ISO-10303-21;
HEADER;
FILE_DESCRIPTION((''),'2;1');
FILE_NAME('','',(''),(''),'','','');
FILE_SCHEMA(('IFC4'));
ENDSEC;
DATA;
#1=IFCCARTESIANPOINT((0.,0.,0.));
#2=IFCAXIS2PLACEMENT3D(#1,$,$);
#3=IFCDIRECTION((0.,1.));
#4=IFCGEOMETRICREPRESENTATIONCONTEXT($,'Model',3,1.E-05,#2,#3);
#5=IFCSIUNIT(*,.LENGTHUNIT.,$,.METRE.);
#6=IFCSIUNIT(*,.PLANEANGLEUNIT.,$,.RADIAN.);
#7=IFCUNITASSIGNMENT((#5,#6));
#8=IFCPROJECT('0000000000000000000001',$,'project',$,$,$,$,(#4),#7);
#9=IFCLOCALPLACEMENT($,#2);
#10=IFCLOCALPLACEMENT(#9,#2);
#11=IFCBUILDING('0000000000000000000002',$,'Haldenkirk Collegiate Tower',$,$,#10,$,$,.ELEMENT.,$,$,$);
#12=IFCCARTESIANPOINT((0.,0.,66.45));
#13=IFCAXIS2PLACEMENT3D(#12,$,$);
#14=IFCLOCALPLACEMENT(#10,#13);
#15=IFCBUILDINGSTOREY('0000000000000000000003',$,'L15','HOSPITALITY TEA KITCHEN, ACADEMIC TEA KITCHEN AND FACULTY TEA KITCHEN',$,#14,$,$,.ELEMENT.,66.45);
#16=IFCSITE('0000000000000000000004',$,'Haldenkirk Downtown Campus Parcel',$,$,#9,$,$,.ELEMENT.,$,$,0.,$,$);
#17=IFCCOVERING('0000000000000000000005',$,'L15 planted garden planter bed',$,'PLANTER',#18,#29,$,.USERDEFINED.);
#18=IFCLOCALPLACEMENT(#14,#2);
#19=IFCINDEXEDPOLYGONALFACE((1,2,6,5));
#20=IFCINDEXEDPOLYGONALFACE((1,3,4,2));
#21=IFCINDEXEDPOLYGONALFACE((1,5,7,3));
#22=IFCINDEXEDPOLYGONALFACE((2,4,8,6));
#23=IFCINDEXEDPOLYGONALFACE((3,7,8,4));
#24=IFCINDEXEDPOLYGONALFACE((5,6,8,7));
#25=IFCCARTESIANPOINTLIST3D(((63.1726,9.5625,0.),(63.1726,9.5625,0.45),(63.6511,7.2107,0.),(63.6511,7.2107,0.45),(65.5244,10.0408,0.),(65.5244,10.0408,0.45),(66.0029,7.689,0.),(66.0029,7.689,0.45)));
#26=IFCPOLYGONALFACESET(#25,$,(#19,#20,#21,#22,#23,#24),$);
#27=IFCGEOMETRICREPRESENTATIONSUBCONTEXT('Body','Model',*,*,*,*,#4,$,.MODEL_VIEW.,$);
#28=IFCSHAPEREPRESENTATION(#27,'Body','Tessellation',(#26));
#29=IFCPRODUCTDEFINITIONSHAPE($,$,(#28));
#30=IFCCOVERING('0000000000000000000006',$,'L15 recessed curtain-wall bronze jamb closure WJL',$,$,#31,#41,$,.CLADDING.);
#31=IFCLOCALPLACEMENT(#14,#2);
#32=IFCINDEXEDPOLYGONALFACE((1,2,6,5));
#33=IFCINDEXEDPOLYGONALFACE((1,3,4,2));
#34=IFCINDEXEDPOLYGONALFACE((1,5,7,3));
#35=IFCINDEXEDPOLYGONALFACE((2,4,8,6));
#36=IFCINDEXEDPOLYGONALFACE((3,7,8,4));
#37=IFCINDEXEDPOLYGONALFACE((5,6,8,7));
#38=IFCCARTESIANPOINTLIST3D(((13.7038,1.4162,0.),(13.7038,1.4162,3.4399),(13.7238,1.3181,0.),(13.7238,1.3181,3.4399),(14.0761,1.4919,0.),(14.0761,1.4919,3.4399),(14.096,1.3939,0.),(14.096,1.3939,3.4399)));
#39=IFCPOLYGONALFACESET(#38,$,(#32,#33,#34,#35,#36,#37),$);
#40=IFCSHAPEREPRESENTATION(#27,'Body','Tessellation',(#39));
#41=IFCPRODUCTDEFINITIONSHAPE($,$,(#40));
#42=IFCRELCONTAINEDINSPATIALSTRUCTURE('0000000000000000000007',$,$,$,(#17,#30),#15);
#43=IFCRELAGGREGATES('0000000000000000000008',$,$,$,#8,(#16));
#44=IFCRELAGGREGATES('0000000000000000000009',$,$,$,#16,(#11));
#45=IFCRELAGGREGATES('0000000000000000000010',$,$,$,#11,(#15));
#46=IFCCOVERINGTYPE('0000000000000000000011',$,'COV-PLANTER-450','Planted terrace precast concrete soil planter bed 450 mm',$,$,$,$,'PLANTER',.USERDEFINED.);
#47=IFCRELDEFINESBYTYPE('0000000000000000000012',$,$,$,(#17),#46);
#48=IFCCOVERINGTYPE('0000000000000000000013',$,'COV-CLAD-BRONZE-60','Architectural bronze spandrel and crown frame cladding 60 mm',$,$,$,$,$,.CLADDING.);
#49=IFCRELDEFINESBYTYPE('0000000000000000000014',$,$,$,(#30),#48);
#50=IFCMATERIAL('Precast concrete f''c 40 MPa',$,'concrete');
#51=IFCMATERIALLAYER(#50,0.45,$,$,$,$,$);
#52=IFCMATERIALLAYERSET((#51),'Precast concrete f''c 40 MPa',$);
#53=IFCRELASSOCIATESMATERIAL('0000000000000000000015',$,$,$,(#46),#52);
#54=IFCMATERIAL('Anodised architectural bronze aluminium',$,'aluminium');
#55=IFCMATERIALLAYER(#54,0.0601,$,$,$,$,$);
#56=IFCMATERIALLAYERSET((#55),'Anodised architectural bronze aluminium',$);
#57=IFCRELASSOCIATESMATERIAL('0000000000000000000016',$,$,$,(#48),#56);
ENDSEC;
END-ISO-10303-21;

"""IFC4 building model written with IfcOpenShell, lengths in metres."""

from ifc_helpers import new_model, si_unit, direction, frame, origin, origin_2d, place, context, subcontext, project, spatial, polyline, rectangle, outline, extrude, source, transform, mapped, material, layer, layer_set, type_object, element, save


model = new_model("IFC4")

# Units and contexts
model_context = context("Model", 3, precision=1e-05, world=origin(), true_north=direction((0.0, 1.0)))
body_context = subcontext(model_context, "Body", "Model", "MODEL_VIEW")
ifc_project = project(units=[si_unit("LENGTHUNIT", "METRE"), si_unit("PLANEANGLEUNIT", "RADIAN")], contexts=[model_context])

# Site, building, storey
site_placement = place(None, origin())
site = spatial("IfcSite", under=ifc_project, at=site_placement, Name="Haldenkirk Downtown Campus Parcel", CompositionType="ELEMENT", RefElevation=0.0)
building_placement = place(site_placement, origin())
building = spatial("IfcBuilding", under=site, at=building_placement, Name="Haldenkirk Collegiate Tower", CompositionType="ELEMENT")
storey_placement = place(building_placement, frame((0.0, 0.0, 66.45)))
storey = spatial("IfcBuildingStorey", under=building, at=storey_placement, Name="L15", Description="HOSPITALITY TEA KITCHEN, ACADEMIC TEA KITCHEN AND FACULTY TEA KITCHEN", CompositionType="ELEMENT", Elevation=66.45)

# Shared definitions
ifc_material_1 = material(Name="Anodised architectural bronze aluminium", Category="aluminium")

# Shared definitions
ifc_material_2 = material(Name="Precast concrete f'c 40 MPa", Category="concrete")

# Coverings
ifc_layer_1 = layer(ifc_material_2, 0.45)
ifc_layer_set_1 = layer_set([ifc_layer_1], Name="Precast concrete f'c 40 MPa")
covering_type_1 = type_object("IfcCoveringType", Name="COV-PLANTER-450", Description="Planted terrace precast concrete soil planter bed 450 mm", ElementType="PLANTER", PredefinedType="USERDEFINED", material=ifc_layer_set_1)
covering_1_placement = place(storey_placement, origin())
element("IfcCovering", 1, at=covering_1_placement, inside=storey, type_object=covering_type_1, Name="L15 planted garden planter bed", ObjectType="PLANTER", PredefinedType="USERDEFINED", context=body_context, shape_type="SweptSolid", body=[
    extrude(outline(polyline([(63.6511, 7.2107), (63.1726, 9.5625), (65.5244, 10.0408), (66.0029, 7.689), (63.6511, 7.2107)])), origin(), (0.0, 0.0, 1.0), 0.45),
])
ifc_layer_2 = layer(ifc_material_1, 0.0601)
ifc_layer_set_2 = layer_set([ifc_layer_2], Name="Anodised architectural bronze aluminium")
covering_type_2 = type_object("IfcCoveringType", Name="COV-CLAD-BRONZE-60", Description="Architectural bronze spandrel and crown frame cladding 60 mm", PredefinedType="CLADDING", material=ifc_layer_set_2)
shared_shape_1 = source(origin(), body_context, "Body", "SweptSolid", [
    extrude(rectangle(XDim=0.1001, YDim=0.3799, at=origin_2d()), origin(), (0.0, 0.0, 1.0), 3.4399),
])
covering_2_placement = place(storey_placement, frame((13.8999, 1.405, 0.0), z_axis=(0.0, 0.0, 1.0), x_axis=(-0.199368, 0.979925, 0.0)))
element("IfcCovering", 2, at=covering_2_placement, inside=storey, type_object=covering_type_2, Name="L15 recessed curtain-wall bronze jamb closure WJL", PredefinedType="CLADDING", context=body_context, shape_type="MappedRepresentation", body=[
    mapped(shared_shape_1, transform((0.0, 0.0, 0.0), x_axis=(1.0, 0.0, 0.0), y_axis=(0.0, 1.0, 0.0), z_axis=(0.0, 0.0, 1.0), scale=1.0)),
])

save(model, "model.ifc")
